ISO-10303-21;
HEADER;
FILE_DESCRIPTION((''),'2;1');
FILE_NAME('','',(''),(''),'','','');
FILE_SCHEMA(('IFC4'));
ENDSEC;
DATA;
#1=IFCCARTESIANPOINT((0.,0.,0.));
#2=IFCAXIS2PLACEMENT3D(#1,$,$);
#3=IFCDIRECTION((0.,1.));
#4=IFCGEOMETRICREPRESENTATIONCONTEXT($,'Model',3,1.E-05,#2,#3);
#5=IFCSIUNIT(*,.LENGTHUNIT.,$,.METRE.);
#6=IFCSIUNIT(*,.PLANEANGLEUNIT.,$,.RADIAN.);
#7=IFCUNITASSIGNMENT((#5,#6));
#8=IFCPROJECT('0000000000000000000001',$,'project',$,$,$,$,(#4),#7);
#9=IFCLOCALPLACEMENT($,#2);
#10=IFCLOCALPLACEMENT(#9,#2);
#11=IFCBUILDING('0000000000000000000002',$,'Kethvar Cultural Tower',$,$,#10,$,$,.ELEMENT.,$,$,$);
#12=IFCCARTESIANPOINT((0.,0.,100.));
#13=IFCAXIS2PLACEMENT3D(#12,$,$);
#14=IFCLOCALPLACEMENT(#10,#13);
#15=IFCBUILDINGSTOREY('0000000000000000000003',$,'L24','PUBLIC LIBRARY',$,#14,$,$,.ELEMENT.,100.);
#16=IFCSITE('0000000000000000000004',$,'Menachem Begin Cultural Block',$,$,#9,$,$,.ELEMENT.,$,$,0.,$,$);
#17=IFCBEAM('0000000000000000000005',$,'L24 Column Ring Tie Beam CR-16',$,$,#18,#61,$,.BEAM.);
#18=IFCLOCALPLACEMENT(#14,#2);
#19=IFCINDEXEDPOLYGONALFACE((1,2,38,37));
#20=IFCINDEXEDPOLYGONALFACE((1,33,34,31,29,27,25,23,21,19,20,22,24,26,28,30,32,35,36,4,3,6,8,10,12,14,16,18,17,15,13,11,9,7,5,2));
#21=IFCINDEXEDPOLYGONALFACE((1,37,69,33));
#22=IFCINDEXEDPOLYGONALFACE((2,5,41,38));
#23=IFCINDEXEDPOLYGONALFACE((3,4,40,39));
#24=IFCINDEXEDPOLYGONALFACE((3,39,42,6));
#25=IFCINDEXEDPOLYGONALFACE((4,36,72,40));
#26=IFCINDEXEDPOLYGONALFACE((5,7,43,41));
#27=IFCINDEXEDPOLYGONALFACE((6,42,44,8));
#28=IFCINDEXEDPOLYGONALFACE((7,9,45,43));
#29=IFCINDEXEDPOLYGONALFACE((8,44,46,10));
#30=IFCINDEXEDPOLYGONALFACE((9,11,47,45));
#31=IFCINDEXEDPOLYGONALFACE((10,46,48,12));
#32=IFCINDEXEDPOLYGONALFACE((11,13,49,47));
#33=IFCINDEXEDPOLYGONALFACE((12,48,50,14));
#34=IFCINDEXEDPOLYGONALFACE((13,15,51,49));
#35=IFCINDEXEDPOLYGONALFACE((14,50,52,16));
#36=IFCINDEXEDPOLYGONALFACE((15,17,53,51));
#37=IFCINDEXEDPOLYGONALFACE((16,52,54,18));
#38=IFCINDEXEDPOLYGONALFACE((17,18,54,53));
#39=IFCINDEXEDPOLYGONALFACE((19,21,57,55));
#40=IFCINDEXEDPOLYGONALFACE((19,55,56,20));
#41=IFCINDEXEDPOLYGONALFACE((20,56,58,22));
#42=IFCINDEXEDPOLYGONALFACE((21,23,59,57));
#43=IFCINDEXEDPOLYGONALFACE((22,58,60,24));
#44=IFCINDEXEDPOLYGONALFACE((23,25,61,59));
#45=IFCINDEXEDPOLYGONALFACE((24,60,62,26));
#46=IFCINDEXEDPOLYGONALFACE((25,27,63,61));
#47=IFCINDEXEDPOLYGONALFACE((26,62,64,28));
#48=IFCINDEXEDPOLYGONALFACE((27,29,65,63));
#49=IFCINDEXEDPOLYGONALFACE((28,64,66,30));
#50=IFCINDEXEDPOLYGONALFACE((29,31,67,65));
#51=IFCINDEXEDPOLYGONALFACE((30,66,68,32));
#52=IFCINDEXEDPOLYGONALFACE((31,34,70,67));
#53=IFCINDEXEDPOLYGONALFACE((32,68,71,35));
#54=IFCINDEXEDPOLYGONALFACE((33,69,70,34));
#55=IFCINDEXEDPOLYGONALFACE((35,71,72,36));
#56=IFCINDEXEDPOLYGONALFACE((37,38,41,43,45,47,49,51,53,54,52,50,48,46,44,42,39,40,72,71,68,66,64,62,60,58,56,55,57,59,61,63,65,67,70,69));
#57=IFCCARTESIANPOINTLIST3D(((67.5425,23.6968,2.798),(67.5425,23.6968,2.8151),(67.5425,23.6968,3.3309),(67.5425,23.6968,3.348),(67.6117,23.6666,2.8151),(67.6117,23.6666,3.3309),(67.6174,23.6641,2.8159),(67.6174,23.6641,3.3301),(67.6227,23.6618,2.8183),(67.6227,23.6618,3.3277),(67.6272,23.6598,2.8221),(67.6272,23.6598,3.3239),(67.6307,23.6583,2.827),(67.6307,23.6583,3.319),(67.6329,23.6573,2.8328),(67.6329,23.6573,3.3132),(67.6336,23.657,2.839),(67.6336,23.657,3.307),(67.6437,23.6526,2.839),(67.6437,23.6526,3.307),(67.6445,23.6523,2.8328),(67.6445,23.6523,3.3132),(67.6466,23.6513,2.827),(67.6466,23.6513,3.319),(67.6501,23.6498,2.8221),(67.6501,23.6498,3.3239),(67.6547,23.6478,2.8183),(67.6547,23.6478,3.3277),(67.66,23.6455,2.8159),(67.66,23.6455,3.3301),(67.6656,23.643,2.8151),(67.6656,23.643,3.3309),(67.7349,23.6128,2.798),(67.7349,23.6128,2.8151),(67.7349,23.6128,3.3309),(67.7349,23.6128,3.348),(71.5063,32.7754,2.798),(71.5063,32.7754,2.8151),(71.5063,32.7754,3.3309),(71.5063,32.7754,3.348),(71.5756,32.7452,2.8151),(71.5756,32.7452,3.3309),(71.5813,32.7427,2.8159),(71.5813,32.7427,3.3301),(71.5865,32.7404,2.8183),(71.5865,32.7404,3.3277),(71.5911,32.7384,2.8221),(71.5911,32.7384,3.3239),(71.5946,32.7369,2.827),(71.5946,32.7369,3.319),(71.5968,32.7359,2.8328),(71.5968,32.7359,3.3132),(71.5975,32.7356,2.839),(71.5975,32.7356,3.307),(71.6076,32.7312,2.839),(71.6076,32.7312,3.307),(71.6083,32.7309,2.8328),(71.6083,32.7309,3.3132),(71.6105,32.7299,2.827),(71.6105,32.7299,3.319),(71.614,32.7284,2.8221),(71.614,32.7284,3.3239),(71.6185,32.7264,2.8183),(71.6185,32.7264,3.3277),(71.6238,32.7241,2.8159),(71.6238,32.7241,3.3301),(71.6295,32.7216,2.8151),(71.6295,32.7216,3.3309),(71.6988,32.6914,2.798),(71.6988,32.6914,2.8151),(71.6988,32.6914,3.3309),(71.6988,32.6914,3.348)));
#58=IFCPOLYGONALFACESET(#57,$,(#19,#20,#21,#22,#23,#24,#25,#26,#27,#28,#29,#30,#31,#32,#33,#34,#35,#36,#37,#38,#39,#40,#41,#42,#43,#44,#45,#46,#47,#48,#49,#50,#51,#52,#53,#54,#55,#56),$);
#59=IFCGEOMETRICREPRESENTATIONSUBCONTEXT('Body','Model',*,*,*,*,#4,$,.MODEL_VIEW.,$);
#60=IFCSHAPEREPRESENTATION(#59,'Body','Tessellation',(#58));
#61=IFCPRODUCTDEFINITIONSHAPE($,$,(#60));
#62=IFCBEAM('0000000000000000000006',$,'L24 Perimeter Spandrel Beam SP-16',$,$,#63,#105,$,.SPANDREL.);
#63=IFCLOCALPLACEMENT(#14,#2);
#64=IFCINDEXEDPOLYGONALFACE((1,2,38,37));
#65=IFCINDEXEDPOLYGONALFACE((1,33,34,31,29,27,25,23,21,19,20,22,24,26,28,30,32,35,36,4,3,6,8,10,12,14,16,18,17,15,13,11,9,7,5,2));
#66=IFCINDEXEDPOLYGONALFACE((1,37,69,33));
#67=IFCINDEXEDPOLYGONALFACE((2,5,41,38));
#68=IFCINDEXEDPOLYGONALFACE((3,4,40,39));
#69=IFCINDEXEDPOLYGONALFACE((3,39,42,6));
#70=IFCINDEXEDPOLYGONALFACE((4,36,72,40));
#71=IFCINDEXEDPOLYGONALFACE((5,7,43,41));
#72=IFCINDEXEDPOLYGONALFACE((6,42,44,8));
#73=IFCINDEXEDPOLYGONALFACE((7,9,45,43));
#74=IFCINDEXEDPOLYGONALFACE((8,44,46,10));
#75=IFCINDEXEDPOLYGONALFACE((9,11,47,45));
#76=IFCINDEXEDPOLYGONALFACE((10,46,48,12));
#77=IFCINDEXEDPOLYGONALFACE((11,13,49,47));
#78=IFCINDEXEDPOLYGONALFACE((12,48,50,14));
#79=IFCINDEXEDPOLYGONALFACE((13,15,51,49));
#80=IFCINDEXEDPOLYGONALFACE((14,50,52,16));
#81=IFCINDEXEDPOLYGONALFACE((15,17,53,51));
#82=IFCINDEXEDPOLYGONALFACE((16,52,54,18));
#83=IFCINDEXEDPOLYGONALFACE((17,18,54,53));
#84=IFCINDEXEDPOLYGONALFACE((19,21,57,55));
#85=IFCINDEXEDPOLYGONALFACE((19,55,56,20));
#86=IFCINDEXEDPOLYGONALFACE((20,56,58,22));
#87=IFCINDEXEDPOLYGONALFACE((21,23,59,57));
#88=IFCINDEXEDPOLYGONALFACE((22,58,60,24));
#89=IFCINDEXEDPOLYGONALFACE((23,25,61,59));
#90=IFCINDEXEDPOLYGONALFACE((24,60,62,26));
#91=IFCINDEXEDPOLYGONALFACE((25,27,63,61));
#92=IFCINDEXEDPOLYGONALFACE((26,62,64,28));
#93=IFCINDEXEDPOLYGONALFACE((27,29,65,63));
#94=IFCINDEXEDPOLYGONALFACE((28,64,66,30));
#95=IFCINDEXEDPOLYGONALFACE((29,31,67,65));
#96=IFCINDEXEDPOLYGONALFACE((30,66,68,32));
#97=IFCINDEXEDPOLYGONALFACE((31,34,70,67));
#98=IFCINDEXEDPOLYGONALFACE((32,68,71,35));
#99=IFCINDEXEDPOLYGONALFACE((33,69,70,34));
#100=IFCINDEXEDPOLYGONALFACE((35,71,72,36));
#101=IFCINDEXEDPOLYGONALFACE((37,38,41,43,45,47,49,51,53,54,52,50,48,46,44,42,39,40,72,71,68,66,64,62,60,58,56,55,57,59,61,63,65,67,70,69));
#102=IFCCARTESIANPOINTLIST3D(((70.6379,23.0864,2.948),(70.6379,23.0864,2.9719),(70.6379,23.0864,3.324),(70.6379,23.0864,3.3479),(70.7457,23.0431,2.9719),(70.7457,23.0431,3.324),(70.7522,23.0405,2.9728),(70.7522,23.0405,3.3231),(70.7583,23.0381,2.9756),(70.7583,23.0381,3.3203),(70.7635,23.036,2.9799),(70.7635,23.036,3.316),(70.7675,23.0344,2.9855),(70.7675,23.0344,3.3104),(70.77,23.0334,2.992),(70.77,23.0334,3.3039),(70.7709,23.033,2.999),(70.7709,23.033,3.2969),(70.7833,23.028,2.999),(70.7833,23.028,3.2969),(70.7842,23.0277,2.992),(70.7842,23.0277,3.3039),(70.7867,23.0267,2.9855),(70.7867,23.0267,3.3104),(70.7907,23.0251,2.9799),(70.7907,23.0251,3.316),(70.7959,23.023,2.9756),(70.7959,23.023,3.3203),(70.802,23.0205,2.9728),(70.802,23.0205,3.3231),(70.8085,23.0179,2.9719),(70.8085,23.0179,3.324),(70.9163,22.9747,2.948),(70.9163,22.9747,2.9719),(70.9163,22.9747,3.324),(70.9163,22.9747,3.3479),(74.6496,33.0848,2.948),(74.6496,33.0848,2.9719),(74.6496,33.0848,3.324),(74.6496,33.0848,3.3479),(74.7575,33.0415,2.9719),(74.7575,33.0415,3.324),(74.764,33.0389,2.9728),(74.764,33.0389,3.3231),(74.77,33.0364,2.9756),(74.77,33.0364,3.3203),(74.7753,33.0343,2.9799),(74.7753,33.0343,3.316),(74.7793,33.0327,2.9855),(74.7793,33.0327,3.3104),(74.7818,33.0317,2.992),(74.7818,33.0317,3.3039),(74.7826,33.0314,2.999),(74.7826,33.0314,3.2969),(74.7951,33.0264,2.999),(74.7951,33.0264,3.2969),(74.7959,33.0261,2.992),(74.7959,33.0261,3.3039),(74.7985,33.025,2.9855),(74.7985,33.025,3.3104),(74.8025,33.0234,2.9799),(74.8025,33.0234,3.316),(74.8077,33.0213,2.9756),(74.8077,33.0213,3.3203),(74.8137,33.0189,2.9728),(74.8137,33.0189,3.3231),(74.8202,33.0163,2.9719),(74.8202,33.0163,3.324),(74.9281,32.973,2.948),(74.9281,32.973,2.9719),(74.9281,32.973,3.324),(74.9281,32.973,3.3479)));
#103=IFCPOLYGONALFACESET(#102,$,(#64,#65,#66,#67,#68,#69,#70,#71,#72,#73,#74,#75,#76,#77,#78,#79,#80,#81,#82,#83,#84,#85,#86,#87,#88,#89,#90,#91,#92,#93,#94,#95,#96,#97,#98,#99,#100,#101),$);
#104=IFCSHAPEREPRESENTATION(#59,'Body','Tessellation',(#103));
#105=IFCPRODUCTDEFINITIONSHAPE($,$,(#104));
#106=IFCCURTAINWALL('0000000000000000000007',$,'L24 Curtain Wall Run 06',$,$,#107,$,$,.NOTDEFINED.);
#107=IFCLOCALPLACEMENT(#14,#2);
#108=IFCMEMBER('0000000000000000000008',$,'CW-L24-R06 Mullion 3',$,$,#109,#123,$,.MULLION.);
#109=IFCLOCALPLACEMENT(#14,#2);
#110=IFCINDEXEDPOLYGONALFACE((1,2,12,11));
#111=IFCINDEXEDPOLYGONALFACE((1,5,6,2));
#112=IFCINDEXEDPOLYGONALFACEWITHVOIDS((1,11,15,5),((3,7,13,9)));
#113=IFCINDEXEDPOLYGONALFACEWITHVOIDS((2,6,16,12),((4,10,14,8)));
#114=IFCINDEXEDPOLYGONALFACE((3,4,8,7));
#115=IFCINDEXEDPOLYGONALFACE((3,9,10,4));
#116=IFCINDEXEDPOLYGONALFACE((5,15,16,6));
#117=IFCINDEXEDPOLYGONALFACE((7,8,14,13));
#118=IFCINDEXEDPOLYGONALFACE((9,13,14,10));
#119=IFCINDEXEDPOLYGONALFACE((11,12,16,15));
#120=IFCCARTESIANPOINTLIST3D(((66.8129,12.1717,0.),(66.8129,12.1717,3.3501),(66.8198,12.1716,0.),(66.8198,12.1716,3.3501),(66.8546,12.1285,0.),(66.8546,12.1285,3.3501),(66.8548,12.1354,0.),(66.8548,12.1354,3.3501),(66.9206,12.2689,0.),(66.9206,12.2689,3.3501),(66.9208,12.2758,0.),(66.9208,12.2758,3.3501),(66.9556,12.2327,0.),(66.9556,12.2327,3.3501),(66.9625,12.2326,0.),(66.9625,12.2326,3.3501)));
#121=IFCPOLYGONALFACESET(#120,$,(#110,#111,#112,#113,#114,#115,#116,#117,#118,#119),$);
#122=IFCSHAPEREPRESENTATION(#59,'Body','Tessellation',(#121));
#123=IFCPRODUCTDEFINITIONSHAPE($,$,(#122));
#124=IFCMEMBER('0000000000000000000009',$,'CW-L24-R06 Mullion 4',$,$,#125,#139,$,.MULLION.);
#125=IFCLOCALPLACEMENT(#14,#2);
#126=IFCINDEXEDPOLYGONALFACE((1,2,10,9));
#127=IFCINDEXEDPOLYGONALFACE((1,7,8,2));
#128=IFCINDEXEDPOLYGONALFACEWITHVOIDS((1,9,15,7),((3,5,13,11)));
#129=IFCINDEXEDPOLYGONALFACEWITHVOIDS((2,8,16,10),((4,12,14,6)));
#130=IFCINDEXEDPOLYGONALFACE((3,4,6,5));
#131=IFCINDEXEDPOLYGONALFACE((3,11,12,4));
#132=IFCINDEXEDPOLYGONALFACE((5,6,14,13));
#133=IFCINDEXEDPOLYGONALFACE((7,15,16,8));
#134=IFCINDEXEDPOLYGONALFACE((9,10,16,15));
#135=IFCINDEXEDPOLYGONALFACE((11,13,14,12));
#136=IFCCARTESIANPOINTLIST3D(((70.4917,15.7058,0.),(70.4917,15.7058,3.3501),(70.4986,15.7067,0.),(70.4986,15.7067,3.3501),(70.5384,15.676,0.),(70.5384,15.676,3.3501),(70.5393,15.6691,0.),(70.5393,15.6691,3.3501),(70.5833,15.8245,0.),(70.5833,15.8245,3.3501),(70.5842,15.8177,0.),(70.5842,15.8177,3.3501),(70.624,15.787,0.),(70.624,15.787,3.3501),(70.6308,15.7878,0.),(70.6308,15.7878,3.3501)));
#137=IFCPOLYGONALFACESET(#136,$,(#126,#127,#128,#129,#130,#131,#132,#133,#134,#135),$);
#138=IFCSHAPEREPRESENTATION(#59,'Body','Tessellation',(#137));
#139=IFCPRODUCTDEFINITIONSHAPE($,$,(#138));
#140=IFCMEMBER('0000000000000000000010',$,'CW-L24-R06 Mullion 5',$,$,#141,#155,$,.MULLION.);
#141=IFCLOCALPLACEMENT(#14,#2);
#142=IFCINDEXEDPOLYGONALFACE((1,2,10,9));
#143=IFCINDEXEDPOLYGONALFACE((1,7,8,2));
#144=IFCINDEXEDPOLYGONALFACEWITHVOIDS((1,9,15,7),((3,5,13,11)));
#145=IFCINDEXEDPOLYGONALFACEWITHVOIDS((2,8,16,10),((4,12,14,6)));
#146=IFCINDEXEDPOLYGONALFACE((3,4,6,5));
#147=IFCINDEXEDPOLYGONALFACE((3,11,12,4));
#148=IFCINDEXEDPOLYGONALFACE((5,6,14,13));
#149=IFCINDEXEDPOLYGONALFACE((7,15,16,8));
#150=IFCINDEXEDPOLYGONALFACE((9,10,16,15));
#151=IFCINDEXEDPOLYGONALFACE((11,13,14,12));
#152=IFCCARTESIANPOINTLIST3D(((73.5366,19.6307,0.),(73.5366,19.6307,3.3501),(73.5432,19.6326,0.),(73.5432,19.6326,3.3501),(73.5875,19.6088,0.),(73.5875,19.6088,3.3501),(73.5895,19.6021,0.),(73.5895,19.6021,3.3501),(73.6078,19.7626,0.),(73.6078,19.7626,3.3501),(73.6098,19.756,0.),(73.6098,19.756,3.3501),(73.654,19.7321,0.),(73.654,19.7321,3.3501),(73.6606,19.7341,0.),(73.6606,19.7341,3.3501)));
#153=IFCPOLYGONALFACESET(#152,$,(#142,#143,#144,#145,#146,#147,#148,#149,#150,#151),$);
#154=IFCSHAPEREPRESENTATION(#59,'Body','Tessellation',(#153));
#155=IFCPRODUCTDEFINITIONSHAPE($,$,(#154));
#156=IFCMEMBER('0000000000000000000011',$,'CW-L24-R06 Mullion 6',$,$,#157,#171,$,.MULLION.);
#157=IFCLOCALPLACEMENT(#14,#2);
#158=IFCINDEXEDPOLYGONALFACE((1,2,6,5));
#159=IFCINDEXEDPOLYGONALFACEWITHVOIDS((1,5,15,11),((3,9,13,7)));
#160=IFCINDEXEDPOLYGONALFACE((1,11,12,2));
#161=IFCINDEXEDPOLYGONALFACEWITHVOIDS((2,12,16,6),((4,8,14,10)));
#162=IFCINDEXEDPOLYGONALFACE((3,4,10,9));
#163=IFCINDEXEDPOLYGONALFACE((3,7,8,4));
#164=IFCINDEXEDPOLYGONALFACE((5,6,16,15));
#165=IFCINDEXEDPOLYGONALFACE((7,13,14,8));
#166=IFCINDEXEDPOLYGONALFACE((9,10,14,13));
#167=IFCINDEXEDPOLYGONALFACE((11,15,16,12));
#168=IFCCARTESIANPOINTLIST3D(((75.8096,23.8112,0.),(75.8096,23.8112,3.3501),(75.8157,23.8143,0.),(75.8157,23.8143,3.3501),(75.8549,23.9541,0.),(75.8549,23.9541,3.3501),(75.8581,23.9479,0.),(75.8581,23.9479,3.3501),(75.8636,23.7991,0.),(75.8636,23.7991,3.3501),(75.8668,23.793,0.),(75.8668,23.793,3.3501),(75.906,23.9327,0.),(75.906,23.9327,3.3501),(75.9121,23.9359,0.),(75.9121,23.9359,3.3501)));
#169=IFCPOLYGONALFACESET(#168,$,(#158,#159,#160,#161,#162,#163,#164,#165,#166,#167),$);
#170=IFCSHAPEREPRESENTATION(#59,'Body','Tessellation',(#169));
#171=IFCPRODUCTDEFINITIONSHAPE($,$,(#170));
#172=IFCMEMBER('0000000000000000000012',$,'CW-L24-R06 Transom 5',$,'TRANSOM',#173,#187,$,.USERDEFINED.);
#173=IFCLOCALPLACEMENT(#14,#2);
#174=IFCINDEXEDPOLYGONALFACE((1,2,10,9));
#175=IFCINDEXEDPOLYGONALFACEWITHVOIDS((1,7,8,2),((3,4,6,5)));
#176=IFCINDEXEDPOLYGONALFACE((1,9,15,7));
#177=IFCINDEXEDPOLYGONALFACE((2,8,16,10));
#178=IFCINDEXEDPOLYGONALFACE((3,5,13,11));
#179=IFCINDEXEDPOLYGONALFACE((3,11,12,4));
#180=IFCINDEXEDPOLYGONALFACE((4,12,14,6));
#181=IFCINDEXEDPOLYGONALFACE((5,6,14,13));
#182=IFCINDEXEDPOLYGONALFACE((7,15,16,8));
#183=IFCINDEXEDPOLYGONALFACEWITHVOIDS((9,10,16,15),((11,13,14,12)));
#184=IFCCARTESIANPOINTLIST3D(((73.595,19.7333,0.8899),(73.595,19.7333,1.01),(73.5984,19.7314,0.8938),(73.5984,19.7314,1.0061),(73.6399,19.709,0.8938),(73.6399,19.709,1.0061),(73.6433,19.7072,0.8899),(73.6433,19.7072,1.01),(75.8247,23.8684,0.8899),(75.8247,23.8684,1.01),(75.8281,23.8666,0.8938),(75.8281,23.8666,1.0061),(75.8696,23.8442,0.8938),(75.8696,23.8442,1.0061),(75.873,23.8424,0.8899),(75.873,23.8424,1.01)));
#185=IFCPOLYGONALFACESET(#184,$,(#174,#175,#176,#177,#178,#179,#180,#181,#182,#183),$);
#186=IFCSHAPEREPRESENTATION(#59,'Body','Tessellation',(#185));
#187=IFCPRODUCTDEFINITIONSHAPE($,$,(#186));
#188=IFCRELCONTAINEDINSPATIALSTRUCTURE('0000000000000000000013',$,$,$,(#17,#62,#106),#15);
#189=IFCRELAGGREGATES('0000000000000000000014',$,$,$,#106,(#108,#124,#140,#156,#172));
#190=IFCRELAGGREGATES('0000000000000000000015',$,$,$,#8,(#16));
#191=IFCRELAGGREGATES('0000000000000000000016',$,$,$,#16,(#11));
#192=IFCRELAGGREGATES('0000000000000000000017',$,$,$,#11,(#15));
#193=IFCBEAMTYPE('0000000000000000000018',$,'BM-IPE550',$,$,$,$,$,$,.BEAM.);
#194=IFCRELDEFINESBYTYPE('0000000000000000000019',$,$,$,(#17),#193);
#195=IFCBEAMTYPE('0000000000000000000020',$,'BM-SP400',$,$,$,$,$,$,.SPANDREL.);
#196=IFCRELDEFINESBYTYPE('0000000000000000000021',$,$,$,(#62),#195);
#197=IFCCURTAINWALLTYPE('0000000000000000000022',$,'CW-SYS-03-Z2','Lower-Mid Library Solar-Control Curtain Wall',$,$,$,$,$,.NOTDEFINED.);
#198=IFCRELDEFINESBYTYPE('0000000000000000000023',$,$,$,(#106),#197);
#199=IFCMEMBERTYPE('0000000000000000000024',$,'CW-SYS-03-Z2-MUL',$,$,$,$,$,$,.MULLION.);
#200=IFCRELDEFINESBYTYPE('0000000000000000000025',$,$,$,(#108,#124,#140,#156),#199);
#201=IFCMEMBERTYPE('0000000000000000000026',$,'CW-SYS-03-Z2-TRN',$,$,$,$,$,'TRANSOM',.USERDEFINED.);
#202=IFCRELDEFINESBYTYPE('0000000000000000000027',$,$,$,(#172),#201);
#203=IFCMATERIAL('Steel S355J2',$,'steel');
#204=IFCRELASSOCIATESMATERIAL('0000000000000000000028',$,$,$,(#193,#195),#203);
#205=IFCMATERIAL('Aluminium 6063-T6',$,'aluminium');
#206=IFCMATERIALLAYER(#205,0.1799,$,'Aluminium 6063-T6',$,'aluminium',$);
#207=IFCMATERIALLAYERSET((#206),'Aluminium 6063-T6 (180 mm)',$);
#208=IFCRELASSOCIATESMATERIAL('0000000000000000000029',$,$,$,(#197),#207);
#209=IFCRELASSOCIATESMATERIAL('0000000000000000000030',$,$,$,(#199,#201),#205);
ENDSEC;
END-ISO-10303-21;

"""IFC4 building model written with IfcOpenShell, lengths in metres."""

from ifc_helpers import new_model, si_unit, direction, frame, origin, origin_2d, place, context, subcontext, project, spatial, hollow_rectangle, i_section, extrude, source, transform, mapped, material, layer, layer_set, material_profile, profile_set, type_object, element, aggregate, save


model = new_model("IFC4")

# Units and contexts
model_context = context("Model", 3, precision=1e-05, world=origin(), true_north=direction((0.0, 1.0)))
body_context = subcontext(model_context, "Body", "Model", "MODEL_VIEW")
ifc_project = project(units=[si_unit("LENGTHUNIT", "METRE"), si_unit("PLANEANGLEUNIT", "RADIAN")], contexts=[model_context])

# Site, building, storey
site_placement = place(None, origin())
site = spatial("IfcSite", under=ifc_project, at=site_placement, Name="Menachem Begin Cultural Block", CompositionType="ELEMENT", RefElevation=0.0)
building_placement = place(site_placement, origin())
building = spatial("IfcBuilding", under=site, at=building_placement, Name="Kethvar Cultural Tower", CompositionType="ELEMENT")
storey_placement = place(building_placement, frame((0.0, 0.0, 100.0)))
storey = spatial("IfcBuildingStorey", under=building, at=storey_placement, Name="L24", Description="PUBLIC LIBRARY", CompositionType="ELEMENT", Elevation=100.0)

# Beams
ifc_material_1 = material(Name="Steel S355J2", Category="steel")
ifc_material_profile_1 = material_profile(ifc_material_1, i_section(OverallWidth=0.21, OverallDepth=0.55, WebThickness=0.011, FlangeThickness=0.0171, FilletRadius=0.0239, at=origin_2d()), Name="Steel S355J2 — IPE550")
ifc_profile_set_1 = profile_set([ifc_material_profile_1], Name="Steel S355J2 — IPE550")
beam_type_1 = type_object("IfcBeamType", Name="BM-IPE550", PredefinedType="BEAM", material=ifc_profile_set_1)
ifc_material_profile_2 = material_profile(ifc_material_1, i_section(OverallWidth=0.3, OverallDepth=0.3999, WebThickness=0.0134, FlangeThickness=0.0239, FilletRadius=0.0271, at=origin_2d()), Name="Steel S355J2 — HEB400")
ifc_profile_set_2 = profile_set([ifc_material_profile_2], Name="Steel S355J2 — HEB400")
beam_type_2 = type_object("IfcBeamType", Name="BM-SP400", PredefinedType="SPANDREL", material=ifc_profile_set_2)
shared_shape_1 = source(origin(), body_context, "Body", "SweptSolid", [
    extrude(i_section(OverallWidth=0.21, OverallDepth=0.55, WebThickness=0.011, FlangeThickness=0.0171, FilletRadius=0.0239, at=origin_2d()), origin(), (0.0, 0.0, 1.0), 9.9062),
])
beam_1_placement = place(storey_placement, frame((67.6387, 23.6548, 3.073), z_axis=(0.400139, 0.916455, 0.0), x_axis=(-0.916455, 0.400139, 0.0)))
element("IfcBeam", 1, at=beam_1_placement, inside=storey, type_object=beam_type_1, Name="L24 Column Ring Tie Beam CR-16", PredefinedType="BEAM", context=body_context, shape_type="MappedRepresentation", body=[
    mapped(shared_shape_1, transform((0.0, 0.0, 0.0), scale=1.0)),
])
shared_shape_2 = source(origin(), body_context, "Body", "SweptSolid", [
    extrude(i_section(OverallWidth=0.3, OverallDepth=0.3999, WebThickness=0.0134, FlangeThickness=0.0239, FilletRadius=0.0271, at=origin_2d()), origin(), (0.0, 0.0, 1.0), 10.7732),
])
beam_2_placement = place(storey_placement, frame((70.7771, 23.0305, 3.1479), z_axis=(0.372383, 0.928079, 0.0), x_axis=(-0.928079, 0.372383, 0.0)))
element("IfcBeam", 2, at=beam_2_placement, inside=storey, type_object=beam_type_2, Name="L24 Perimeter Spandrel Beam SP-16", PredefinedType="SPANDREL", context=body_context, shape_type="MappedRepresentation", body=[
    mapped(shared_shape_2, transform((0.0, 0.0, 0.0), scale=1.0)),
])

# Curtain wall, members
ifc_material_2 = material(Name="Aluminium 6063-T6", Category="aluminium")
ifc_layer_1 = layer(ifc_material_2, 0.1799, Name="Aluminium 6063-T6", Category="aluminium")
ifc_layer_set_1 = layer_set([ifc_layer_1], Name="Aluminium 6063-T6 (180 mm)")
curtain_wall_type = type_object("IfcCurtainWallType", Name="CW-SYS-03-Z2", Description="Lower-Mid Library Solar-Control Curtain Wall", PredefinedType="NOTDEFINED", material=ifc_layer_set_1)
curtain_wall_placement = place(storey_placement, origin())
curtain_wall = element("IfcCurtainWall", 3, at=curtain_wall_placement, inside=storey, type_object=curtain_wall_type, Name="L24 Curtain Wall Run 06", PredefinedType="NOTDEFINED")
ifc_material_profile_3 = material_profile(ifc_material_2, hollow_rectangle(XDim=0.0601, YDim=0.1499, WallThickness=0.0049, at=origin_2d()), Name="Aluminium 6063-T6 — RHS150x60x5")
ifc_profile_set_3 = profile_set([ifc_material_profile_3], Name="Aluminium 6063-T6 — RHS150x60x5")
member_type_1 = type_object("IfcMemberType", Name="CW-SYS-03-Z2-MUL", PredefinedType="MULLION", material=ifc_profile_set_3)
shared_shape_3 = source(origin(), body_context, "Body", "SweptSolid", [
    extrude(hollow_rectangle(XDim=0.0601, YDim=0.1499, WallThickness=0.0049, at=origin_2d()), origin(), (0.0, 0.0, 1.0), 3.3501),
])
member_1_placement = place(storey_placement, frame((66.8877, 12.2021, 0.0), z_axis=(0.0, 0.0, 1.0), x_axis=(-0.694545, 0.719449, 0.0)))
member_1 = element("IfcMember", 4, at=member_1_placement, type_object=member_type_1, Name="CW-L24-R06 Mullion 3", PredefinedType="MULLION", context=body_context, shape_type="MappedRepresentation", body=[
    mapped(shared_shape_3, transform((0.0, 0.0, 0.0), scale=1.0)),
])
member_2_placement = place(storey_placement, frame((70.5613, 15.7468, 0.0), z_axis=(0.0, 0.0, 1.0), x_axis=(-0.791832, 0.61074, 0.0)))
member_2 = element("IfcMember", 5, at=member_2_placement, type_object=member_type_1, Name="CW-L24-R06 Mullion 4", PredefinedType="MULLION", context=body_context, shape_type="MappedRepresentation", body=[
    mapped(shared_shape_3, transform((0.0, 0.0, 0.0), scale=1.0)),
])
member_3_placement = place(storey_placement, frame((73.5986, 19.6824, 0.0), z_axis=(0.0, 0.0, 1.0), x_axis=(-0.880196, 0.474611, 0.0)))
member_3 = element("IfcMember", 6, at=member_3_placement, type_object=member_type_1, Name="CW-L24-R06 Mullion 5", PredefinedType="MULLION", context=body_context, shape_type="MappedRepresentation", body=[
    mapped(shared_shape_3, transform((0.0, 0.0, 0.0), scale=1.0)),
])
member_4_placement = place(storey_placement, frame((75.8608, 23.8735, 0.0), z_axis=(0.0, 0.0, 1.0), x_axis=(-0.953212, 0.302303, 0.0)))
member_4 = element("IfcMember", 7, at=member_4_placement, type_object=member_type_1, Name="CW-L24-R06 Mullion 6", PredefinedType="MULLION", context=body_context, shape_type="MappedRepresentation", body=[
    mapped(shared_shape_3, transform((0.0, 0.0, 0.0), scale=1.0)),
])
ifc_material_profile_4 = material_profile(ifc_material_2, hollow_rectangle(XDim=0.0549, YDim=0.1201, WallThickness=0.0039, at=origin_2d()), Name="Aluminium 6063-T6 — RHS120x55x4")
ifc_profile_set_4 = profile_set([ifc_material_profile_4], Name="Aluminium 6063-T6 — RHS120x55x4")
member_type_2 = type_object("IfcMemberType", Name="CW-SYS-03-Z2-TRN", ElementType="TRANSOM", PredefinedType="USERDEFINED", material=ifc_profile_set_4)
shared_shape_4 = source(origin(), body_context, "Body", "SweptSolid", [
    extrude(hollow_rectangle(XDim=0.0549, YDim=0.1201, WallThickness=0.0039, at=origin_2d()), origin(), (0.0, 0.0, 1.0), 4.698),
])
member_5_placement = place(storey_placement, frame((73.6191, 19.7202, 0.95), z_axis=(0.474605, 0.880199, 0.0), x_axis=(-0.880199, 0.474605, 0.0)))
member_5 = element("IfcMember", 8, at=member_5_placement, type_object=member_type_2, Name="CW-L24-R06 Transom 5", ObjectType="TRANSOM", PredefinedType="USERDEFINED", context=body_context, shape_type="MappedRepresentation", body=[
    mapped(shared_shape_4, transform((0.0, 0.0, 0.0), scale=1.0)),
])
aggregate(curtain_wall, [member_1, member_2, member_3, member_4, member_5])

save(model, "model.ifc")
